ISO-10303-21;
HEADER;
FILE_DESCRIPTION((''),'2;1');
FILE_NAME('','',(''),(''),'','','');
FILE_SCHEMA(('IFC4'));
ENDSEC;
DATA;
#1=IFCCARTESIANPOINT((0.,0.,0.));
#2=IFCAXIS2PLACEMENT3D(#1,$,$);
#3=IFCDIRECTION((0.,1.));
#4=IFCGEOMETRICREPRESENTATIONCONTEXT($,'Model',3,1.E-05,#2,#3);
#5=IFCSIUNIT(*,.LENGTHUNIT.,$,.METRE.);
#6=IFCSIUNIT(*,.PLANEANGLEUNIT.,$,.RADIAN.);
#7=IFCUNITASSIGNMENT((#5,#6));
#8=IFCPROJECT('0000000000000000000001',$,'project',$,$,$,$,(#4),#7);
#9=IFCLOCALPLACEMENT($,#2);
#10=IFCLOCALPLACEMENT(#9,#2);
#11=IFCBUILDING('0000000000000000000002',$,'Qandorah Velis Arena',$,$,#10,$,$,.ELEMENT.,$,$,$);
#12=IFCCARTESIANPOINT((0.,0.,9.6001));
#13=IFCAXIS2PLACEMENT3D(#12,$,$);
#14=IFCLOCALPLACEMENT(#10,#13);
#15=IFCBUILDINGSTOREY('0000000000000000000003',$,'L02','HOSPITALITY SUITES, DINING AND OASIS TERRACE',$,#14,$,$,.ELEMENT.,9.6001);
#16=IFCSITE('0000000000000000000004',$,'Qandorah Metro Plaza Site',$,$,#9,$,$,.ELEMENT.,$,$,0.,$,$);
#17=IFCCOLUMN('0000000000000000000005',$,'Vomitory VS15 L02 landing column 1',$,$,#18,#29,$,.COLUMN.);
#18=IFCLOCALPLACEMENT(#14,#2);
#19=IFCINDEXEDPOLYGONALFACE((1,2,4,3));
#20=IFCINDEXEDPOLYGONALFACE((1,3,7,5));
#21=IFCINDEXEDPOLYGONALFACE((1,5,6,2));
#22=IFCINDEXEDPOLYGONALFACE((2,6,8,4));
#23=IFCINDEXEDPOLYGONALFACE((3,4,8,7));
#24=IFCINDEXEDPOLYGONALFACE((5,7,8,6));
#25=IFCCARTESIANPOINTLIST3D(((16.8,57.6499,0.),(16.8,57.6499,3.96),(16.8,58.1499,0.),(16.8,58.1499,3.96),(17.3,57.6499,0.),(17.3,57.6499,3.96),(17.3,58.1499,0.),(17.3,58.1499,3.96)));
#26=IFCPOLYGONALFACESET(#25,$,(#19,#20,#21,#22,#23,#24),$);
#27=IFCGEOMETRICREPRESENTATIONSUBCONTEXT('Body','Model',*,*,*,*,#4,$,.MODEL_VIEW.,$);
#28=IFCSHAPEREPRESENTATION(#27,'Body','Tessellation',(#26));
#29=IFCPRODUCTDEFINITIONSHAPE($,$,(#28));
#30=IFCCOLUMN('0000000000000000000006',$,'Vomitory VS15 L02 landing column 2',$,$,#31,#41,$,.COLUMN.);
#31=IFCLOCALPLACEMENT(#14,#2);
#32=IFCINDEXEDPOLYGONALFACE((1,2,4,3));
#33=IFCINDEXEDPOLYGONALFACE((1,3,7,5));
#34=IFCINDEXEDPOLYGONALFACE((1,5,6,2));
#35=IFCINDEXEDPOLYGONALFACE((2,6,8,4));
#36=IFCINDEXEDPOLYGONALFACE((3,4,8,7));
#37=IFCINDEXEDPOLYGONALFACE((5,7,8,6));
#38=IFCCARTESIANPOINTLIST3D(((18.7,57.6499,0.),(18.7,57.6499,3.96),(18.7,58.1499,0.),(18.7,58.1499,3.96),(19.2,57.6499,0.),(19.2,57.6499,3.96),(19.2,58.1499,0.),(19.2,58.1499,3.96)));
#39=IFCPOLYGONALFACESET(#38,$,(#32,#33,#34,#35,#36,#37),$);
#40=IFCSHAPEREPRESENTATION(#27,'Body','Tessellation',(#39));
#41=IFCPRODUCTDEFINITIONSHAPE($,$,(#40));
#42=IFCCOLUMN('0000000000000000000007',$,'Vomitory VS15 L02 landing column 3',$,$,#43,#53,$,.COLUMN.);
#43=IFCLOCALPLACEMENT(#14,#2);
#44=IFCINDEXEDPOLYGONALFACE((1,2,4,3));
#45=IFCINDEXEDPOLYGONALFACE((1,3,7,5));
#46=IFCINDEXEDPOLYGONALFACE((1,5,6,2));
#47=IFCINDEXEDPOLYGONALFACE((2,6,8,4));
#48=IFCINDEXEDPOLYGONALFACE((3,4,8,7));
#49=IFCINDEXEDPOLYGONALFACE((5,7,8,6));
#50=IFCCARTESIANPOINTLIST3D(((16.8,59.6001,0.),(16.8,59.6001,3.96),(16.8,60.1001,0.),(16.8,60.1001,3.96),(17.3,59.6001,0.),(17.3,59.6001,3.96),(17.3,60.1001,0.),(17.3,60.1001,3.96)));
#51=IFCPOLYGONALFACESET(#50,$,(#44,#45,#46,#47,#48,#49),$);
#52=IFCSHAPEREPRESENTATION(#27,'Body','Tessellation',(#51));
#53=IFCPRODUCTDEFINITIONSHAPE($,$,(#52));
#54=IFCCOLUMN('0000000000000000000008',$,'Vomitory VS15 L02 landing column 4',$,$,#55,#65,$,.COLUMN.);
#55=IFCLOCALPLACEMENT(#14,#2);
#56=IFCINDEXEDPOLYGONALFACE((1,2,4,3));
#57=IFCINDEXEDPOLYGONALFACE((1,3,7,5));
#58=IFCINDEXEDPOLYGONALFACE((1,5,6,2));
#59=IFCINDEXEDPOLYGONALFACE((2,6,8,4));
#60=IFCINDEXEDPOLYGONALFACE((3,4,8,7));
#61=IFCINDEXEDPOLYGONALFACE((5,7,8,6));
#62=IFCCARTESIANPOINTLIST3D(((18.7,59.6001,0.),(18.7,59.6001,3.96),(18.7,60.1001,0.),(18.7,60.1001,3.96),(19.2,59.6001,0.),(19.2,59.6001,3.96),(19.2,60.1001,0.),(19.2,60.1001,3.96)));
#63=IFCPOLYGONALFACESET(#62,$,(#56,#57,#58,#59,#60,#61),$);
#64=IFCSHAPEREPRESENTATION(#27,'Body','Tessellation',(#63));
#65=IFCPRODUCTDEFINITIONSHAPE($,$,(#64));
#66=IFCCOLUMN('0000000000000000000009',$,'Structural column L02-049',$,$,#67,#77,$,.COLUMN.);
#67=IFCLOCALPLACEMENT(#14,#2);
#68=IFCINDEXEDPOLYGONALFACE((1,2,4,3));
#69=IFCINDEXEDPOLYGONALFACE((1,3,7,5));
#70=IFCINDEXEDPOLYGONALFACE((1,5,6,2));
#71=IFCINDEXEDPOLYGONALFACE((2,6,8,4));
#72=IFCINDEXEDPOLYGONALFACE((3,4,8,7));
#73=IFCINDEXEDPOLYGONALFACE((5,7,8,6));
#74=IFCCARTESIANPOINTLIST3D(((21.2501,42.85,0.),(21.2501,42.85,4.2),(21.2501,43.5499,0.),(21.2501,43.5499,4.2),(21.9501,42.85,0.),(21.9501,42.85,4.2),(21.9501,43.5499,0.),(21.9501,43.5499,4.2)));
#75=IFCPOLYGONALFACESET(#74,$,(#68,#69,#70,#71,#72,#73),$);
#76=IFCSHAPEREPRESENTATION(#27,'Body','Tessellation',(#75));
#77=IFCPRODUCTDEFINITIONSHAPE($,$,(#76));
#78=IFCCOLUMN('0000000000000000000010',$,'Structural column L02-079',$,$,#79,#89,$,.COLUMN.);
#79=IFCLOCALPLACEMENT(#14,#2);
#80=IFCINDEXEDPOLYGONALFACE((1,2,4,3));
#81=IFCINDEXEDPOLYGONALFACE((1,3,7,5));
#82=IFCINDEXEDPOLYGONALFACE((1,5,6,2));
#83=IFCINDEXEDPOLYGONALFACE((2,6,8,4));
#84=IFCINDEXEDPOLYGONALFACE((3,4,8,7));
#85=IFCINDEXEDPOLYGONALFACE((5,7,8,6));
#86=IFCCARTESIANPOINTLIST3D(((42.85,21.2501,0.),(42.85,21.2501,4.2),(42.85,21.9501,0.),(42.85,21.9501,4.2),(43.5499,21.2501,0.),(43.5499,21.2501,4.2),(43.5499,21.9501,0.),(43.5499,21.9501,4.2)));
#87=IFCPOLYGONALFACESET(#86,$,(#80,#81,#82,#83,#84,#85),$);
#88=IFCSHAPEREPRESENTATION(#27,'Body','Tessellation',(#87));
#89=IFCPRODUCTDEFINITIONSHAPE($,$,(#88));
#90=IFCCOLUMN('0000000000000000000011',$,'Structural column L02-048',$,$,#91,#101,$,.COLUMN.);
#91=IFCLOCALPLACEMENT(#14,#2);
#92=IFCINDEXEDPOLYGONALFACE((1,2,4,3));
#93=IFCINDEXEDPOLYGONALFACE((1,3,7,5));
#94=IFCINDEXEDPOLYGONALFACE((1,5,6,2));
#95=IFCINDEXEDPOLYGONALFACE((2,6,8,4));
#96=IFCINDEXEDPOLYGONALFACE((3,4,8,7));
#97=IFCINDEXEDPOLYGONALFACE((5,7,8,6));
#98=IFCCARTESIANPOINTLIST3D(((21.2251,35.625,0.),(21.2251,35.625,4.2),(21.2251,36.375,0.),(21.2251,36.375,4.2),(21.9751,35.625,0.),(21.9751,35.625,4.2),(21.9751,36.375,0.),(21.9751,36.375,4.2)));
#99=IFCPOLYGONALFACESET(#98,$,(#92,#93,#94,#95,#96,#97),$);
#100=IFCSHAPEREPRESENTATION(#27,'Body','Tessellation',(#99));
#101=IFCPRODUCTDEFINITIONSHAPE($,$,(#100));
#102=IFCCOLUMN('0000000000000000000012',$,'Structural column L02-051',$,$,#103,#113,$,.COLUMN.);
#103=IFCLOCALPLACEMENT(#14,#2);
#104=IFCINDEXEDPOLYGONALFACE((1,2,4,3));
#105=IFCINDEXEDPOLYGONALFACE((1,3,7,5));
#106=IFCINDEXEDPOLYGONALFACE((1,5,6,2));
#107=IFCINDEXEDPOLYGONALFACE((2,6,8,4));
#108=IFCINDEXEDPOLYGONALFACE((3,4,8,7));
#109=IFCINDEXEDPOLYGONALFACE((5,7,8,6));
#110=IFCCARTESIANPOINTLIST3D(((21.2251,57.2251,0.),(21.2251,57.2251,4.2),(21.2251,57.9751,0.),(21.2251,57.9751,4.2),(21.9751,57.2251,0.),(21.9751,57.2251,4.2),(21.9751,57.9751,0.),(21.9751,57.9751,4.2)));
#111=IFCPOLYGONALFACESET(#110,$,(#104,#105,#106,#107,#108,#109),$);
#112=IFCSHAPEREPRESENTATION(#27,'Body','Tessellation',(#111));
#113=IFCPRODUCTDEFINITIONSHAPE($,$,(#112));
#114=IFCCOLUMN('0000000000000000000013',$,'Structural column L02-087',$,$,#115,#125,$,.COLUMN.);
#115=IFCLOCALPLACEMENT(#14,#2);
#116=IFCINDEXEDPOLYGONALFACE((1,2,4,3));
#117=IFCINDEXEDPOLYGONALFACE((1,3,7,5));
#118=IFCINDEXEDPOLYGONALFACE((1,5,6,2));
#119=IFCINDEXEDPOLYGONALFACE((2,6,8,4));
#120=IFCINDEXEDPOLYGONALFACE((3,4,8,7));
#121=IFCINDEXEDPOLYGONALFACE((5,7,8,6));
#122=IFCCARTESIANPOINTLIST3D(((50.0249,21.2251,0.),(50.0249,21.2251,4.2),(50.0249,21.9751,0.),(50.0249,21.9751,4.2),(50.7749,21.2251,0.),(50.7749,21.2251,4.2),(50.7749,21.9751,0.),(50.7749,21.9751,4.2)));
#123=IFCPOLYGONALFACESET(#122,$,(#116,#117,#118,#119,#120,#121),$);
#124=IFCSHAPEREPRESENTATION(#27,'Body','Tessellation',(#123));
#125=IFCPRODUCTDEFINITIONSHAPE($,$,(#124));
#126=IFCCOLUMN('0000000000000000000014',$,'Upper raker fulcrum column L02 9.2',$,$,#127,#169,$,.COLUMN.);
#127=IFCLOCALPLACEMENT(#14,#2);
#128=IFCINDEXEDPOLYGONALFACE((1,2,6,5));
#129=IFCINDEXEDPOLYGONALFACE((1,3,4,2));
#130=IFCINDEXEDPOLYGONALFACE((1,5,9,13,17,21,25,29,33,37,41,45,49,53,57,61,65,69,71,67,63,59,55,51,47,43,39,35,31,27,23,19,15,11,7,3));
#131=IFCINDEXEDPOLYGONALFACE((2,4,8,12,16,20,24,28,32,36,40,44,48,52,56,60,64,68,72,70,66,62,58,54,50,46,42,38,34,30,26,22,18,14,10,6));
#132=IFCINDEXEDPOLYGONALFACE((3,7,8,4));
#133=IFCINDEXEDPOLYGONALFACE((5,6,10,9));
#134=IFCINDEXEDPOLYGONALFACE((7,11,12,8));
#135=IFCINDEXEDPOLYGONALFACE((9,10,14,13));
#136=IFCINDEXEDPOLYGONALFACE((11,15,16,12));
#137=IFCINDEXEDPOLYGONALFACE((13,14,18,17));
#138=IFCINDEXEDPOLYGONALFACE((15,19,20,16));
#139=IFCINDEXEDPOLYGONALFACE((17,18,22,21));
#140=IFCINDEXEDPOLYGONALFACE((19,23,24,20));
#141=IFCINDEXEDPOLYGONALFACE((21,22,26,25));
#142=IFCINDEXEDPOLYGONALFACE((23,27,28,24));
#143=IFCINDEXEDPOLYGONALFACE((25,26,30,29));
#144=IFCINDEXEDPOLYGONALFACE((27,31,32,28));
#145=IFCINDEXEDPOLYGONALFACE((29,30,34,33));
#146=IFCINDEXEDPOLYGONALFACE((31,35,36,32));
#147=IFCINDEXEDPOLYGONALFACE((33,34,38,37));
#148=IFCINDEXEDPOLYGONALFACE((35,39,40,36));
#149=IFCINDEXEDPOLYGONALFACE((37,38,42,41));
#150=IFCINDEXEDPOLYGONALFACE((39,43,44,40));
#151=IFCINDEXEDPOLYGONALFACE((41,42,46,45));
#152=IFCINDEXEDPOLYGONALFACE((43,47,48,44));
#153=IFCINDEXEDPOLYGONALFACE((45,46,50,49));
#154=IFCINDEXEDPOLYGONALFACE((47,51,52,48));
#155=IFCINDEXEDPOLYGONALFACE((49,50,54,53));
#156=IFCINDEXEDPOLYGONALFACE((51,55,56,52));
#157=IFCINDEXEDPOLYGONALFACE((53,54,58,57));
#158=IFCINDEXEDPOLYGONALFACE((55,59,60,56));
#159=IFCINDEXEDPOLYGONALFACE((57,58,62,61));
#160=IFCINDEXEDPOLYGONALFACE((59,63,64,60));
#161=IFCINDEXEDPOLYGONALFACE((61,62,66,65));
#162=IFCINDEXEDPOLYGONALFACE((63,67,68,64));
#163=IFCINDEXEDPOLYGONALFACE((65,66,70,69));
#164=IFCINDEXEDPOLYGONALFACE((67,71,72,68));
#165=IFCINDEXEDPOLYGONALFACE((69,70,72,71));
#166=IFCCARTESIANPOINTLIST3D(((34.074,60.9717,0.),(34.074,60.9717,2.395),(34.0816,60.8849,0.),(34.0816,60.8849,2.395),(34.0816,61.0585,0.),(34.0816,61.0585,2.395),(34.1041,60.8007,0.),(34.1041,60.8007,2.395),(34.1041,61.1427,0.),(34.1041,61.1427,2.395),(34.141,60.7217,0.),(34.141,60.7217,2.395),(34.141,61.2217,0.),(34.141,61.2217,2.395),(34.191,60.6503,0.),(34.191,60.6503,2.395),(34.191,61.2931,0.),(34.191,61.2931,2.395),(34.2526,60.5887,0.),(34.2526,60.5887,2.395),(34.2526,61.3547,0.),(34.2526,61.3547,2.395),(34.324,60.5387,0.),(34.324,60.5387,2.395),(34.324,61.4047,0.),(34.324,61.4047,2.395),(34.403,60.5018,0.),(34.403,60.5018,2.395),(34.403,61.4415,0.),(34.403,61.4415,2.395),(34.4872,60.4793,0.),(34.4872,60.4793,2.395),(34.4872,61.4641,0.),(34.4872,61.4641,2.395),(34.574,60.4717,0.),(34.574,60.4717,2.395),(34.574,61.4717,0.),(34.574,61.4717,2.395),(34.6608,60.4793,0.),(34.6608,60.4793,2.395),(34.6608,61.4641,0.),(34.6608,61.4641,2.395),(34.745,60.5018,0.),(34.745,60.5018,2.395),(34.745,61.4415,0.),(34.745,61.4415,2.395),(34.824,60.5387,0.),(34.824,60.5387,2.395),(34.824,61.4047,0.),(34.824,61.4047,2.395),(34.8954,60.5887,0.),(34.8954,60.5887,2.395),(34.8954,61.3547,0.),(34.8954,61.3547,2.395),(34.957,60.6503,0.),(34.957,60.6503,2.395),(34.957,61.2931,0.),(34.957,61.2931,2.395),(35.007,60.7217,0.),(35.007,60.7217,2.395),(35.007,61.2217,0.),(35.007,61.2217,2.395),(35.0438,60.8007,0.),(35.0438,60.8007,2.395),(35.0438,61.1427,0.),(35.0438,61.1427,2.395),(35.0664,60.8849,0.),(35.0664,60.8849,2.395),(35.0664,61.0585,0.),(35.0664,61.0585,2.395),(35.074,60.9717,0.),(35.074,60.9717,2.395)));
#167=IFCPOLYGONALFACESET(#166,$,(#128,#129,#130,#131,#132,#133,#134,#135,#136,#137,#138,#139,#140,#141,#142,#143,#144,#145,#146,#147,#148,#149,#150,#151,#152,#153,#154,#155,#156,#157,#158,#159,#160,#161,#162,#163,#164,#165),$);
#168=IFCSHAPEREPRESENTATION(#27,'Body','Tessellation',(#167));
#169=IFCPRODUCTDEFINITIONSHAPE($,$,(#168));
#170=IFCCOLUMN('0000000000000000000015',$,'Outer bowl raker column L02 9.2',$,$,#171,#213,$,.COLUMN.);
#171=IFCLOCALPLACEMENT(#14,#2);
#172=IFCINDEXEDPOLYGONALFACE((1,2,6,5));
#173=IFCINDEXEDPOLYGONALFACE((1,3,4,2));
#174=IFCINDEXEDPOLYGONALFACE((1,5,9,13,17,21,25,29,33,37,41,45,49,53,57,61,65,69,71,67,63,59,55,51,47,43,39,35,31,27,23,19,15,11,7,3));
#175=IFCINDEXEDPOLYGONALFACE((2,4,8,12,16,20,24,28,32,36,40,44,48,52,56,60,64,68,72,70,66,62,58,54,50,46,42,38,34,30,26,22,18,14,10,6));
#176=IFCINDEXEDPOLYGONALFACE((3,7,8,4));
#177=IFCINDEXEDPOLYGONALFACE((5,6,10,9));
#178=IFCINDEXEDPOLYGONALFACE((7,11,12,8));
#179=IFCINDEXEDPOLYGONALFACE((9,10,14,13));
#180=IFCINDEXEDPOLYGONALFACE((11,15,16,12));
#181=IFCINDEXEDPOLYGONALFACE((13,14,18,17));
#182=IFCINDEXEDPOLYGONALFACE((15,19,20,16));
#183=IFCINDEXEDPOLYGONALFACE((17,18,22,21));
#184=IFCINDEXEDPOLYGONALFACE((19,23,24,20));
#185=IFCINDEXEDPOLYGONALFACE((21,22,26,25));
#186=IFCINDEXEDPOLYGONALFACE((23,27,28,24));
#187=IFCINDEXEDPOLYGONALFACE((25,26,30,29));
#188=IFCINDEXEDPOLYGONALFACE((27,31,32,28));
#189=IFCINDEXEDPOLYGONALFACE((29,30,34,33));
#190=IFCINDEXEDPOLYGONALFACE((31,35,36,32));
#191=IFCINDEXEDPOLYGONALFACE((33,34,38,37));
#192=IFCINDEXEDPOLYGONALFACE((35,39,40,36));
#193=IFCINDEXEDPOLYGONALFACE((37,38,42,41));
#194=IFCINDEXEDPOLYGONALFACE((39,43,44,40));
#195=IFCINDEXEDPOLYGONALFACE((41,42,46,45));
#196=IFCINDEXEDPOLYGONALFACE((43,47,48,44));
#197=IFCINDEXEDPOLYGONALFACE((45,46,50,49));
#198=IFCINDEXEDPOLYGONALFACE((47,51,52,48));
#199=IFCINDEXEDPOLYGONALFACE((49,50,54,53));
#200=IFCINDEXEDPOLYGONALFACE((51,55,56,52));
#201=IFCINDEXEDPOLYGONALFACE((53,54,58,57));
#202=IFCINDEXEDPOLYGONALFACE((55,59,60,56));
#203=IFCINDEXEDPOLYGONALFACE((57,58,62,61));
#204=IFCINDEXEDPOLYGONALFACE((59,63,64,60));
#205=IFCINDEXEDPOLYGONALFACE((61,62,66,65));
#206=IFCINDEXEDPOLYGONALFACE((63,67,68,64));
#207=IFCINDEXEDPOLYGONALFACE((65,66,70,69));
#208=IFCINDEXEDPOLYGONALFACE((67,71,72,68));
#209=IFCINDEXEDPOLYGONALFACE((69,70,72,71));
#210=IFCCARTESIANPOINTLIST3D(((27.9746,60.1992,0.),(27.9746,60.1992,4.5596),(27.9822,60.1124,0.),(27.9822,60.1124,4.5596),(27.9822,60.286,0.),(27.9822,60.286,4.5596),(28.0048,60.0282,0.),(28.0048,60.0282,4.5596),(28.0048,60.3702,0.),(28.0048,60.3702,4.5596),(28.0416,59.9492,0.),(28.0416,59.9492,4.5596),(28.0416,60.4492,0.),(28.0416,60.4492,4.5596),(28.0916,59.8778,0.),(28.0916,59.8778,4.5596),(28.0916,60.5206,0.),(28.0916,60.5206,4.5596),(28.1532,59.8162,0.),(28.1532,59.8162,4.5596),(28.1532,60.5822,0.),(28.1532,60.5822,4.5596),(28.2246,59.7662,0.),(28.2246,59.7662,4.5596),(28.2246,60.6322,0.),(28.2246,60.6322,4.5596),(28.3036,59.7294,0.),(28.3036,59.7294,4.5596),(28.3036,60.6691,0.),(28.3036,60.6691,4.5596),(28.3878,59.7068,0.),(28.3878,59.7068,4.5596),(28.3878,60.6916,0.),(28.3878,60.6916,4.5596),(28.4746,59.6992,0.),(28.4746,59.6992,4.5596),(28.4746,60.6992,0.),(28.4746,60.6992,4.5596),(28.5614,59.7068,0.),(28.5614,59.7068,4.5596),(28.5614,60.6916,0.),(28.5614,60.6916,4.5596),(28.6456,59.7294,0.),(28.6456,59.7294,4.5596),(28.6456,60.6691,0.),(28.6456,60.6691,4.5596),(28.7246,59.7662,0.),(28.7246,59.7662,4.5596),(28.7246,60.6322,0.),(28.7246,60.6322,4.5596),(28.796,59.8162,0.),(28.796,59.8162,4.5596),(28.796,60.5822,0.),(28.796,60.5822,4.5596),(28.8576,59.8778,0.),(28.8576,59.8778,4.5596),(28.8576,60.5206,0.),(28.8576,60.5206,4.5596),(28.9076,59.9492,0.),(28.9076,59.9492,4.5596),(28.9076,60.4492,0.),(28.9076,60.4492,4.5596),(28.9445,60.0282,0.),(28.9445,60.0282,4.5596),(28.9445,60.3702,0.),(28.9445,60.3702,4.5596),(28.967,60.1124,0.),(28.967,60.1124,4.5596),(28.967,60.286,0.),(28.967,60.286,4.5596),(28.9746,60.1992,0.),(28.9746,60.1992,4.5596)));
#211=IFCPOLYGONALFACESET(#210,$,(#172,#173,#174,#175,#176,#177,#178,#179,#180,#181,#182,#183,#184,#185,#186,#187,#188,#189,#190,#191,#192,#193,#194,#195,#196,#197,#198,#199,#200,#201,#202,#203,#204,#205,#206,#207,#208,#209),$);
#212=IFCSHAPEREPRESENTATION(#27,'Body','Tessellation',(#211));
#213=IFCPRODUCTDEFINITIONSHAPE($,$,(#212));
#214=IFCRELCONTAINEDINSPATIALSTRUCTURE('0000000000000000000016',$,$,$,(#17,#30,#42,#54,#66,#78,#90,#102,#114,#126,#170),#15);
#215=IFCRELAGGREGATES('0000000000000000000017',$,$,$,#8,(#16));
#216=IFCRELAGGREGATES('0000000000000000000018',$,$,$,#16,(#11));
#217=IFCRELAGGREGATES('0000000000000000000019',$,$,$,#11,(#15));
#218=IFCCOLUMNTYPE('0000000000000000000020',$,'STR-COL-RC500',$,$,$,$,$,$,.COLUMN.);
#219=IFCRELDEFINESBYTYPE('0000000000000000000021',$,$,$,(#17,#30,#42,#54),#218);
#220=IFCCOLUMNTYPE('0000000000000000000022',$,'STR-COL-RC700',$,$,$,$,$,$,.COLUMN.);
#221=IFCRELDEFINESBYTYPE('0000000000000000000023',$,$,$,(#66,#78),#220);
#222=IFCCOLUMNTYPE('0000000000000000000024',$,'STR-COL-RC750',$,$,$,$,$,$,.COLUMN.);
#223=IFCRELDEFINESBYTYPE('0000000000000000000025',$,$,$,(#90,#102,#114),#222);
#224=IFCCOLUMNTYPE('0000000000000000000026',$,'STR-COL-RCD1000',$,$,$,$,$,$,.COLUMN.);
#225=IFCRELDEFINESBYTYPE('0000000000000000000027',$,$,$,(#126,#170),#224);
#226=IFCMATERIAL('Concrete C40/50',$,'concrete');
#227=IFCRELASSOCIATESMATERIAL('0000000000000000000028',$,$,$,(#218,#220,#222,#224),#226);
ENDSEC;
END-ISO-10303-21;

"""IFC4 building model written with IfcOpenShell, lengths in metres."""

from ifc_helpers import new_model, si_unit, direction, frame, origin, origin_2d, place, context, subcontext, project, spatial, rectangle, circle, extrude, material, material_profile, profile_set, type_object, element, save


model = new_model("IFC4")

# Units and contexts
model_context = context("Model", 3, precision=1e-05, world=origin(), true_north=direction((0.0, 1.0)))
body_context = subcontext(model_context, "Body", "Model", "MODEL_VIEW")
ifc_project = project(units=[si_unit("LENGTHUNIT", "METRE"), si_unit("PLANEANGLEUNIT", "RADIAN")], contexts=[model_context])

# Site, building, storey
site_placement = place(None, origin())
site = spatial("IfcSite", under=ifc_project, at=site_placement, Name="Qandorah Metro Plaza Site", CompositionType="ELEMENT", RefElevation=0.0)
building_placement = place(site_placement, origin())
building = spatial("IfcBuilding", under=site, at=building_placement, Name="Qandorah Velis Arena", CompositionType="ELEMENT")
storey_placement = place(building_placement, frame((0.0, 0.0, 9.6001)))
storey = spatial("IfcBuildingStorey", under=building, at=storey_placement, Name="L02", Description="HOSPITALITY SUITES, DINING AND OASIS TERRACE", CompositionType="ELEMENT", Elevation=9.6001)

# Columns
ifc_material_1 = material(Name="Concrete C40/50", Category="concrete")
ifc_material_profile_1 = material_profile(ifc_material_1, rectangle(XDim=0.5, YDim=0.5, at=origin_2d()), Name="RC COL 500x500")
ifc_profile_set_1 = profile_set([ifc_material_profile_1], Name="Concrete C40/50")
column_type_1 = type_object("IfcColumnType", Name="STR-COL-RC500", PredefinedType="COLUMN", material=ifc_profile_set_1)
for number, where, z_axis, x_axis, name in (
    (1, (17.05, 57.8999, 0.0), (0.0, 0.0, 1.0), (1.0, 0.0, 0.0), "Vomitory VS15 L02 landing column 1"),
    (2, (18.95, 57.8999, 0.0), (0.0, 0.0, 1.0), (1.0, 0.0, 0.0), "Vomitory VS15 L02 landing column 2"),
    (3, (17.05, 59.8501, 0.0), (0.0, 0.0, 1.0), (1.0, 0.0, 0.0), "Vomitory VS15 L02 landing column 3"),
    (4, (18.95, 59.8501, 0.0), (0.0, 0.0, 1.0), (1.0, 0.0, 0.0), "Vomitory VS15 L02 landing column 4"),
):
    element("IfcColumn", number, at=place(storey_placement, frame(where, z_axis=z_axis, x_axis=x_axis)), inside=storey, type_object=column_type_1, Name=name, PredefinedType="COLUMN", context=body_context, shape_type="SweptSolid", body=[
        extrude(rectangle(XDim=0.5, YDim=0.5, at=origin_2d()), origin(), (0.0, 0.0, 1.0), 3.96),
    ])
ifc_material_profile_2 = material_profile(ifc_material_1, rectangle(XDim=0.7, YDim=0.7, at=origin_2d()), Name="RC COL 700x700")
ifc_profile_set_2 = profile_set([ifc_material_profile_2], Name="Concrete C40/50")
column_type_2 = type_object("IfcColumnType", Name="STR-COL-RC700", PredefinedType="COLUMN", material=ifc_profile_set_2)
for number, where, z_axis, x_axis, name in (
    (5, (21.6001, 43.2, 0.0), (0.0, 0.0, 1.0), (1.0, 0.0, 0.0), "Structural column L02-049"),
    (6, (43.2, 21.6001, 0.0), (0.0, 0.0, 1.0), (1.0, 0.0, 0.0), "Structural column L02-079"),
):
    element("IfcColumn", number, at=place(storey_placement, frame(where, z_axis=z_axis, x_axis=x_axis)), inside=storey, type_object=column_type_2, Name=name, PredefinedType="COLUMN", context=body_context, shape_type="SweptSolid", body=[
        extrude(rectangle(XDim=0.7, YDim=0.7, at=origin_2d()), origin(), (0.0, 0.0, 1.0), 4.2),
    ])
ifc_material_profile_3 = material_profile(ifc_material_1, rectangle(XDim=0.75, YDim=0.75, at=origin_2d()), Name="RC COL 750x750")
ifc_profile_set_3 = profile_set([ifc_material_profile_3], Name="Concrete C40/50")
column_type_3 = type_object("IfcColumnType", Name="STR-COL-RC750", PredefinedType="COLUMN", material=ifc_profile_set_3)
for number, where, z_axis, x_axis, name in (
    (7, (21.6001, 36.0, 0.0), (0.0, 0.0, 1.0), (1.0, 0.0, 0.0), "Structural column L02-048"),
    (8, (21.6001, 57.6001, 0.0), (0.0, 0.0, 1.0), (1.0, 0.0, 0.0), "Structural column L02-051"),
    (9, (50.3999, 21.6001, 0.0), (0.0, 0.0, 1.0), (1.0, 0.0, 0.0), "Structural column L02-087"),
):
    element("IfcColumn", number, at=place(storey_placement, frame(where, z_axis=z_axis, x_axis=x_axis)), inside=storey, type_object=column_type_3, Name=name, PredefinedType="COLUMN", context=body_context, shape_type="SweptSolid", body=[
        extrude(rectangle(XDim=0.75, YDim=0.75, at=origin_2d()), origin(), (0.0, 0.0, 1.0), 4.2),
    ])
ifc_material_profile_4 = material_profile(ifc_material_1, circle(Radius=0.5, at=origin_2d()), Name="RC D1000")
ifc_profile_set_4 = profile_set([ifc_material_profile_4], Name="Concrete C40/50")
column_type_4 = type_object("IfcColumnType", Name="STR-COL-RCD1000", PredefinedType="COLUMN", material=ifc_profile_set_4)
column_1_placement = place(storey_placement, frame((34.574, 60.9717, 0.0), z_axis=(0.0, 0.0, 1.0), x_axis=(1.0, 0.0, 0.0)))
element("IfcColumn", 10, at=column_1_placement, inside=storey, type_object=column_type_4, Name="Upper raker fulcrum column L02 9.2", PredefinedType="COLUMN", context=body_context, shape_type="SweptSolid", body=[
    extrude(circle(Radius=0.5, at=origin_2d()), origin(), (0.0, 0.0, 1.0), 2.395),
])
column_2_placement = place(storey_placement, frame((28.4746, 60.1992, 0.0), z_axis=(0.0, 0.0, 1.0), x_axis=(1.0, 0.0, 0.0)))
element("IfcColumn", 11, at=column_2_placement, inside=storey, type_object=column_type_4, Name="Outer bowl raker column L02 9.2", PredefinedType="COLUMN", context=body_context, shape_type="SweptSolid", body=[
    extrude(circle(Radius=0.5, at=origin_2d()), origin(), (0.0, 0.0, 1.0), 4.5596),
])

save(model, "model.ifc")
